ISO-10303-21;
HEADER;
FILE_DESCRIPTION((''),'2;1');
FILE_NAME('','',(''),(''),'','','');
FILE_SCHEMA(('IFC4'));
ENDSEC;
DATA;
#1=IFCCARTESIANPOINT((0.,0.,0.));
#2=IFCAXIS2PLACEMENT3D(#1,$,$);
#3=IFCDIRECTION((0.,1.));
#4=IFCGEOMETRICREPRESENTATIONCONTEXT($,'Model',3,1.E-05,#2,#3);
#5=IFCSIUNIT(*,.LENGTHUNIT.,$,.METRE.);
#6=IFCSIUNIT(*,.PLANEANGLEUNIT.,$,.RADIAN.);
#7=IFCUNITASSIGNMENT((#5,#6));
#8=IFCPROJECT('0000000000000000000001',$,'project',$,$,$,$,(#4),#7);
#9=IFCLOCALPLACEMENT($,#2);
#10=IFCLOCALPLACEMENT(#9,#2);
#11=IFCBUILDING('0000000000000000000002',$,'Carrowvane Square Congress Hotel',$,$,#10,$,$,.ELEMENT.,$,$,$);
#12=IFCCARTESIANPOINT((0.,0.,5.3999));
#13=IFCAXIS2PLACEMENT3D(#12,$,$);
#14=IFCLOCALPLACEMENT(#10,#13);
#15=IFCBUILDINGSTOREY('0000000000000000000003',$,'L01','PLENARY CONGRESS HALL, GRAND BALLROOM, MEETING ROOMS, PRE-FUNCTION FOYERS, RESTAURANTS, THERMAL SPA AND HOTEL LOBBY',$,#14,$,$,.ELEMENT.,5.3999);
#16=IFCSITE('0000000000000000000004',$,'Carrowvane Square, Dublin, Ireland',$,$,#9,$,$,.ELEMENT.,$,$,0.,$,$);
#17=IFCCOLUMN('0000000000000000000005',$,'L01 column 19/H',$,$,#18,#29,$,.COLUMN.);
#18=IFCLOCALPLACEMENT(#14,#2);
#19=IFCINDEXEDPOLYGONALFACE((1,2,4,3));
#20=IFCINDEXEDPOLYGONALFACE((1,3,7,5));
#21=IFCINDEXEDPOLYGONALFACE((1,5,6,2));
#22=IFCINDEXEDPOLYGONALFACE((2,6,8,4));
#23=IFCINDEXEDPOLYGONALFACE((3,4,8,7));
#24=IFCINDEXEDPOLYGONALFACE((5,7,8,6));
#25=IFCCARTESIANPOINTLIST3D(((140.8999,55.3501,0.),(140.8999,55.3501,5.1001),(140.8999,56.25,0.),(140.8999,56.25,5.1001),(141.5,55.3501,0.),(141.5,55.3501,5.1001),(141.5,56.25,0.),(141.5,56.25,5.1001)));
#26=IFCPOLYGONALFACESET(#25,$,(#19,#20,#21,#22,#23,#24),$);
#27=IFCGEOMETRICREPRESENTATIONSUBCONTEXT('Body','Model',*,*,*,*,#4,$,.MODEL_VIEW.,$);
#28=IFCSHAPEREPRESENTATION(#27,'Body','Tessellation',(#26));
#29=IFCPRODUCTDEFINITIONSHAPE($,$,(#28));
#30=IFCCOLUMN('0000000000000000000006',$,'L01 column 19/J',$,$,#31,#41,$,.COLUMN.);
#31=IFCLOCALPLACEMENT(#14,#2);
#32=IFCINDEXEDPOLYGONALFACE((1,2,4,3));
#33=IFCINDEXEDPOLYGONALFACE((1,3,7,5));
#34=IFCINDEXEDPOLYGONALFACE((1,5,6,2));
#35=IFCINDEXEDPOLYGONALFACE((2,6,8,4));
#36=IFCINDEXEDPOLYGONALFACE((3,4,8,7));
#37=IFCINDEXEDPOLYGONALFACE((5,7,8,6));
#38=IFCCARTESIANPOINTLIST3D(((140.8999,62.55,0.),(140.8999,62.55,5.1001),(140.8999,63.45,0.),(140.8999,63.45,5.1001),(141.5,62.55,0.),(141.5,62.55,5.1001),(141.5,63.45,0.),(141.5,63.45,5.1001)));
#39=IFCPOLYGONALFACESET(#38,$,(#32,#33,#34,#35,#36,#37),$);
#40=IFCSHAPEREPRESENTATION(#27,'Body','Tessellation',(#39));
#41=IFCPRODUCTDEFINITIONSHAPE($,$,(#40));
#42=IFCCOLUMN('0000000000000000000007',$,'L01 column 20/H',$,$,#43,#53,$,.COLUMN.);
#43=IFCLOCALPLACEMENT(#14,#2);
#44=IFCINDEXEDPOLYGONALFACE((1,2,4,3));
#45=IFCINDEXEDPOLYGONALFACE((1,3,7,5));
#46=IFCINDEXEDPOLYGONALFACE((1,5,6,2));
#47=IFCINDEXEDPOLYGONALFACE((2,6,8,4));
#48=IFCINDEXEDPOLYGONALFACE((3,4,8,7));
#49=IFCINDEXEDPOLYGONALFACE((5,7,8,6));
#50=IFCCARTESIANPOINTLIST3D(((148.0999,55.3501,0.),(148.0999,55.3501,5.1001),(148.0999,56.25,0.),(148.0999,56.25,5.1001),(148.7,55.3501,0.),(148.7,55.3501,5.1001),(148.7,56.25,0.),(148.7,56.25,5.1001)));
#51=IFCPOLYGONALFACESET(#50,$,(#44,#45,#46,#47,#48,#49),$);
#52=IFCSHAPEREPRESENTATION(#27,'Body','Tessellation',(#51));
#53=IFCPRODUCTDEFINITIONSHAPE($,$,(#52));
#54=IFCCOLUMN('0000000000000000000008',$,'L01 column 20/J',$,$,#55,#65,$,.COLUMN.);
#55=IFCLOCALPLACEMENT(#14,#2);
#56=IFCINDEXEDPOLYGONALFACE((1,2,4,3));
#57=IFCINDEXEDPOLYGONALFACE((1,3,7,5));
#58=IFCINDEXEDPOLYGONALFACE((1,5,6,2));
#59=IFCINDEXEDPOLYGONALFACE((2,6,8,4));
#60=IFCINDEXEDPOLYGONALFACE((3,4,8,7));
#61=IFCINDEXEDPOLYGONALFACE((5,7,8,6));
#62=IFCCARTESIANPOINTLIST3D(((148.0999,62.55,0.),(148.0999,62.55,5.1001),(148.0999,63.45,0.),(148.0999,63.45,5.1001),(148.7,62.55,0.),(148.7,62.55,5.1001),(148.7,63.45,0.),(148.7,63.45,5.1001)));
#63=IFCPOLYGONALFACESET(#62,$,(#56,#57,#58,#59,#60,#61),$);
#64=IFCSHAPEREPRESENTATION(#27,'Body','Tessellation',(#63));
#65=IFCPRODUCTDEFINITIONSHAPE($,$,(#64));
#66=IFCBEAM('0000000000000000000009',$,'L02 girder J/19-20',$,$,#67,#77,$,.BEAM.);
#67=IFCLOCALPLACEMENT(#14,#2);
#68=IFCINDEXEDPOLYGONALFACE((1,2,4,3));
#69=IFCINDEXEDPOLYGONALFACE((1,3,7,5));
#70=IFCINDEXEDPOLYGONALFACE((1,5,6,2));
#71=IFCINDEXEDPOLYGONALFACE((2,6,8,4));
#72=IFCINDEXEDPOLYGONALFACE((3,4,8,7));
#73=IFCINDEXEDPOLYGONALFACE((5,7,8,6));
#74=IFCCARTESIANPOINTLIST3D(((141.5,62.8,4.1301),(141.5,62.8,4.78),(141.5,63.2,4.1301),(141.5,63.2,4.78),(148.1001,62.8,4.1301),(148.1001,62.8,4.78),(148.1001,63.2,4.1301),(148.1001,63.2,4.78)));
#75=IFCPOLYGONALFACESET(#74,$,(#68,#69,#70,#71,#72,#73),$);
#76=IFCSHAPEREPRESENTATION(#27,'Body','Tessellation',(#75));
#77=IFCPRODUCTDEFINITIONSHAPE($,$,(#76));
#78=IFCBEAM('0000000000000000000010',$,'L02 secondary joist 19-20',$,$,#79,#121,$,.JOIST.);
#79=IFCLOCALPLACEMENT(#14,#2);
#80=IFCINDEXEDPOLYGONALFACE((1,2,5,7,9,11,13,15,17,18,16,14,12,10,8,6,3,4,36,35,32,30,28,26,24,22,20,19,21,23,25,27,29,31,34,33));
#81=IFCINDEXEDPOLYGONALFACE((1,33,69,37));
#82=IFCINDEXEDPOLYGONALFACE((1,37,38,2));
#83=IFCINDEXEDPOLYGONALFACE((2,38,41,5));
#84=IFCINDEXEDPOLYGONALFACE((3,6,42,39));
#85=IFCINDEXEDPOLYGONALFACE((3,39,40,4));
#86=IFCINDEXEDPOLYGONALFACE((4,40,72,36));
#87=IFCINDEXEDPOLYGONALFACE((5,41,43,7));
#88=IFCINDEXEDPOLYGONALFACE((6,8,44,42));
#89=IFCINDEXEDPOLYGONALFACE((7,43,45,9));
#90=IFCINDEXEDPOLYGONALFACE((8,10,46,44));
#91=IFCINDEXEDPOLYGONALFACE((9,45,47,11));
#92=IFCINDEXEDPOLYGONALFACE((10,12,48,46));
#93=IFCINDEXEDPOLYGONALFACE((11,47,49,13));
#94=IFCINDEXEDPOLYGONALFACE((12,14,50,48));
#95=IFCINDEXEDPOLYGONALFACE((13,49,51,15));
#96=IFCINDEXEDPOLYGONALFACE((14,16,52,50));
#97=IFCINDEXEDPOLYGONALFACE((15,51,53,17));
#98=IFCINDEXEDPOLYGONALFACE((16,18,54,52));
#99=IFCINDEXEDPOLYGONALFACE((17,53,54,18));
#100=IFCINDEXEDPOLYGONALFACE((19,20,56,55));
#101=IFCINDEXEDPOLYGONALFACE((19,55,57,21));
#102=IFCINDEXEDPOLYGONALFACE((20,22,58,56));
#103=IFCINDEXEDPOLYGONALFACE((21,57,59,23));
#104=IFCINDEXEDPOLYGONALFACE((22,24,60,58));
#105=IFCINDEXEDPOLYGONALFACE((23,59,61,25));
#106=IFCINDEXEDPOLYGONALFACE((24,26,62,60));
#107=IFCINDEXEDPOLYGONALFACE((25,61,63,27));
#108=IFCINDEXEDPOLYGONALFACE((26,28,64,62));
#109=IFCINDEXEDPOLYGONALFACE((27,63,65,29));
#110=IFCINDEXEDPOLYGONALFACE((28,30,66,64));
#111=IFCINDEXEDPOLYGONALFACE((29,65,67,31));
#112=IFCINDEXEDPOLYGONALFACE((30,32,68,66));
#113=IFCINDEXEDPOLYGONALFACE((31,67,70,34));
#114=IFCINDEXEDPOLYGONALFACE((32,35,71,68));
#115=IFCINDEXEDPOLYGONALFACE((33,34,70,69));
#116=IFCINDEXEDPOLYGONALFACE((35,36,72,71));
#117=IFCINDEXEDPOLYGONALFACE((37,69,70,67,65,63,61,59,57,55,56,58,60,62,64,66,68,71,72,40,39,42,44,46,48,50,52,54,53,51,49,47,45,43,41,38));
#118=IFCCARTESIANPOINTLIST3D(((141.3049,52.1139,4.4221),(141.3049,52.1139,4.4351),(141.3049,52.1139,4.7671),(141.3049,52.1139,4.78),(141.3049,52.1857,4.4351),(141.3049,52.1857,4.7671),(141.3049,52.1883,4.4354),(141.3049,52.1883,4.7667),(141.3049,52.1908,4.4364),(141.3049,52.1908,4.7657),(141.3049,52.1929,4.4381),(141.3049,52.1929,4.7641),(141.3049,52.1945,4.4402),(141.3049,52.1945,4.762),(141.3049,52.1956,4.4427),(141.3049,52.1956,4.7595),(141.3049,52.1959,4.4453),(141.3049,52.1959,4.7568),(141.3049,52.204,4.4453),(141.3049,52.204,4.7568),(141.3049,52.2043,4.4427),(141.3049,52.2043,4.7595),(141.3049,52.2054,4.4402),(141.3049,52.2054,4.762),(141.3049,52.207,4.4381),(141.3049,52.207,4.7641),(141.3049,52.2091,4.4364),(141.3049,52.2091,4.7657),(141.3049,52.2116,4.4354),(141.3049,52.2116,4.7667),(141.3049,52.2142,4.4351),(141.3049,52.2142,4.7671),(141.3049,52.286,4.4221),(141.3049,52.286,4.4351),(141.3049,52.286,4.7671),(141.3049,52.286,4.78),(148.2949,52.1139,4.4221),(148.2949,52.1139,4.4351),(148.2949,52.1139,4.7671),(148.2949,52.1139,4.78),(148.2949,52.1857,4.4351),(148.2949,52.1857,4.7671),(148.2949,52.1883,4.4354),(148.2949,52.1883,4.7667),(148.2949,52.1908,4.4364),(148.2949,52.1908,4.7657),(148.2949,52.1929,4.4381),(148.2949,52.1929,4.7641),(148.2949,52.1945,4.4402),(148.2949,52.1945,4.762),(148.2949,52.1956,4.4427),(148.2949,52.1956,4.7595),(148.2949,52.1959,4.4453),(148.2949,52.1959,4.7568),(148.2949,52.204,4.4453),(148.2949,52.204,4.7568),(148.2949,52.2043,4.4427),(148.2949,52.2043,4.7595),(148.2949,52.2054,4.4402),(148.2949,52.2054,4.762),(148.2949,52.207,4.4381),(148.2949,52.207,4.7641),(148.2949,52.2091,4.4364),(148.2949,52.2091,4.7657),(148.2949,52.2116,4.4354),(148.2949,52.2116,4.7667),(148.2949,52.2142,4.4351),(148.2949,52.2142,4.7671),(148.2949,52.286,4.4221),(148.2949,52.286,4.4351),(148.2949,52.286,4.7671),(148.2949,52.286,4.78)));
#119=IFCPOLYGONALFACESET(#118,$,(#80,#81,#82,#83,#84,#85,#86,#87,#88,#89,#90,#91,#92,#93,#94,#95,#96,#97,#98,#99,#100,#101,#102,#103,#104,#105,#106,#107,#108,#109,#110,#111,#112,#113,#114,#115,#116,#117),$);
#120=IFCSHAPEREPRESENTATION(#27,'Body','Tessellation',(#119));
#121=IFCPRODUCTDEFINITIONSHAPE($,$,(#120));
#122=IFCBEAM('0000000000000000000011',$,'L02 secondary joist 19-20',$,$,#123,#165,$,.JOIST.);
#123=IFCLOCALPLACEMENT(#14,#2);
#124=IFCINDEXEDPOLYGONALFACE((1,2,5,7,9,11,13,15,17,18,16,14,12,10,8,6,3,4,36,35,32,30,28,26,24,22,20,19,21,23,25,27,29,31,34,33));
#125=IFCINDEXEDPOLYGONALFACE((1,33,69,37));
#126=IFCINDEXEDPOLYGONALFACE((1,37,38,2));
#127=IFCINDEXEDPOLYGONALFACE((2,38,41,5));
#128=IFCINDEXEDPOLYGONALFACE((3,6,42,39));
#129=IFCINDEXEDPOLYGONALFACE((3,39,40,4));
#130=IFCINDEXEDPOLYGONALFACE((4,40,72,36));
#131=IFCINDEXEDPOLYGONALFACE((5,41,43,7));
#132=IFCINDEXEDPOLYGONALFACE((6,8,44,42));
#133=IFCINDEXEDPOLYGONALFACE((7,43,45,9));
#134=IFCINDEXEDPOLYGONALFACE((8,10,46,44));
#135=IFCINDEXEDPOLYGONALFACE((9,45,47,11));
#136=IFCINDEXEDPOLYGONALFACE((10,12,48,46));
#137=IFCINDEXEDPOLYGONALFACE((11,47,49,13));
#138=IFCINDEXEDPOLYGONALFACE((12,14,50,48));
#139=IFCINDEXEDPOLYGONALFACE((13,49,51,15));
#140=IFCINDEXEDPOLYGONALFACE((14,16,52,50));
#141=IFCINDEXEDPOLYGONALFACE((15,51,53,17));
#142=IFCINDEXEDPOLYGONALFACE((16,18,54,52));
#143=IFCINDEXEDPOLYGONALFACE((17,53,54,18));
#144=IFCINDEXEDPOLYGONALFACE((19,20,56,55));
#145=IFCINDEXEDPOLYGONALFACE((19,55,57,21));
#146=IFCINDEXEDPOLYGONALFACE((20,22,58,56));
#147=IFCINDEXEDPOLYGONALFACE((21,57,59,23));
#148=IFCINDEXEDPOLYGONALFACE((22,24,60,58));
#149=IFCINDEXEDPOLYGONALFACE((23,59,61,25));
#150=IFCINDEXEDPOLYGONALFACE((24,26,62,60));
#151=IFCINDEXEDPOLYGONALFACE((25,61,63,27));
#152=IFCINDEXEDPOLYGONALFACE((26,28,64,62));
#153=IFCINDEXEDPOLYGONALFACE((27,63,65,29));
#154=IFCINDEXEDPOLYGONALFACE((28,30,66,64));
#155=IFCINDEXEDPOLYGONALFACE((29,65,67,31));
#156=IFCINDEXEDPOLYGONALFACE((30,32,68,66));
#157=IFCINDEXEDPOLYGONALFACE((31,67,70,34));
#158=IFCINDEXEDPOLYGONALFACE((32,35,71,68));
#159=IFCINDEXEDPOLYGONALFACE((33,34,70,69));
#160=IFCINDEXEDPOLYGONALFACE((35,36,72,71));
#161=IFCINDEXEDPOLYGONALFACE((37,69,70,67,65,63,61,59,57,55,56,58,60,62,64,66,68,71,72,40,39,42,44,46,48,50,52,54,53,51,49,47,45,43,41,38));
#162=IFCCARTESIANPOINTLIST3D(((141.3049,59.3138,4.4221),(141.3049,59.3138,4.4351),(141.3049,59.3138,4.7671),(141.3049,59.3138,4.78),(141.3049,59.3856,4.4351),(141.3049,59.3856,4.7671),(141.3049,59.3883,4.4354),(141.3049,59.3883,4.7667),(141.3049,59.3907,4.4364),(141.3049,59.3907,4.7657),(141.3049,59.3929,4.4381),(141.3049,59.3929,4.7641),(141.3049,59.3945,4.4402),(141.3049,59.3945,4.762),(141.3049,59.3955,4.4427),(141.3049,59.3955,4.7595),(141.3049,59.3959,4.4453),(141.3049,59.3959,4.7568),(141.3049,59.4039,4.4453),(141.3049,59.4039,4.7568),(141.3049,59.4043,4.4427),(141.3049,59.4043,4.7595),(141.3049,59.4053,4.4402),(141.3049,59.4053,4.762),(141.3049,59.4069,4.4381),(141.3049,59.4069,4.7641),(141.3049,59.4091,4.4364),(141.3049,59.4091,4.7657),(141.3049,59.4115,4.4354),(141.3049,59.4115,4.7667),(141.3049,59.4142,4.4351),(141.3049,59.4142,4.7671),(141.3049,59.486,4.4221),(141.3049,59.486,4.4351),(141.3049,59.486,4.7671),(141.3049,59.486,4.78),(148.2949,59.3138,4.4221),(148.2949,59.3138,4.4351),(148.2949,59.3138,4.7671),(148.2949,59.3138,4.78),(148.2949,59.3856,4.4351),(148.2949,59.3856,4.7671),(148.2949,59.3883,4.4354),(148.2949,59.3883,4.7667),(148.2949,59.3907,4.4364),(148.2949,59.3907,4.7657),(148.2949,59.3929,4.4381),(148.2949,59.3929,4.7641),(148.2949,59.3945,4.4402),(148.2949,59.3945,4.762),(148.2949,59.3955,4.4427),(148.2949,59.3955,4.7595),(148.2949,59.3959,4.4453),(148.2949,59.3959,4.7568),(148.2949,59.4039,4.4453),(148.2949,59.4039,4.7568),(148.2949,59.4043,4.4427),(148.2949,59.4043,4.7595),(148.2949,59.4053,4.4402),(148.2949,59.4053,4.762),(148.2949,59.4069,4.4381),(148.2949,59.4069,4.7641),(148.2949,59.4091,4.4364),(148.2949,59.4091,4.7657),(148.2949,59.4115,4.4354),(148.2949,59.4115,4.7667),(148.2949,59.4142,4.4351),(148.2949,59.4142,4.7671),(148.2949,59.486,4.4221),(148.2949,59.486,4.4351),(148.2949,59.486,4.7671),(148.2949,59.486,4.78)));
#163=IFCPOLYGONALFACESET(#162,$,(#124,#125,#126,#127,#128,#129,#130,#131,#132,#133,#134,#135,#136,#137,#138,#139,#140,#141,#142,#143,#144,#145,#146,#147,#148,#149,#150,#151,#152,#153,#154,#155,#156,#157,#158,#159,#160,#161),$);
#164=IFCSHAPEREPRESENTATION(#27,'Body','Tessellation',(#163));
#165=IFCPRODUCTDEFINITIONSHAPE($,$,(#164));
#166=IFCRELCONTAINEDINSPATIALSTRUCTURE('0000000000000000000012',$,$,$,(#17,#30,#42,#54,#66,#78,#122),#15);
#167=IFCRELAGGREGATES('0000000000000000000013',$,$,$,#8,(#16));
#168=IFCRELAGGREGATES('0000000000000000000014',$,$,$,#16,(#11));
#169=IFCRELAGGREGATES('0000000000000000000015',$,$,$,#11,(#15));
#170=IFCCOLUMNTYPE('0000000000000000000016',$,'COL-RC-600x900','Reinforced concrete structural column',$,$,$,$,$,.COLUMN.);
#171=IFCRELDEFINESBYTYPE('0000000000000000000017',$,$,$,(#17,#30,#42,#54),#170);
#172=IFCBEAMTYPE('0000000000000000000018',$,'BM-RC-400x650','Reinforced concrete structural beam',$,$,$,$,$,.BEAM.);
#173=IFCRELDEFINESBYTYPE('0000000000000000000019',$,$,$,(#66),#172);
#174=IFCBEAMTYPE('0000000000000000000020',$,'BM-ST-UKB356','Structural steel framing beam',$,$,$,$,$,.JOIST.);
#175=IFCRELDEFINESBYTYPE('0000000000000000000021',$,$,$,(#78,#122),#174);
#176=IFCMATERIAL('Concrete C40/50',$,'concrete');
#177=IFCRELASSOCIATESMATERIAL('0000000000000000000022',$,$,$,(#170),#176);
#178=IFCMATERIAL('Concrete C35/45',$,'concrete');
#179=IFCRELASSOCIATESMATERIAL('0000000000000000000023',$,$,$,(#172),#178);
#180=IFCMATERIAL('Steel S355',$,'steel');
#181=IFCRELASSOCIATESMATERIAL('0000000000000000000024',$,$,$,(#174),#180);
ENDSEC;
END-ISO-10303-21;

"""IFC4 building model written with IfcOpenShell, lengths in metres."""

from ifc_helpers import new_model, si_unit, direction, frame, origin, origin_2d, place, context, subcontext, project, spatial, rectangle, i_section, extrude, material, material_profile, profile_set, type_object, element, save


model = new_model("IFC4")

# Units and contexts
model_context = context("Model", 3, precision=1e-05, world=origin(), true_north=direction((0.0, 1.0)))
body_context = subcontext(model_context, "Body", "Model", "MODEL_VIEW")
ifc_project = project(units=[si_unit("LENGTHUNIT", "METRE"), si_unit("PLANEANGLEUNIT", "RADIAN")], contexts=[model_context])

# Site, building, storey
site_placement = place(None, origin())
site = spatial("IfcSite", under=ifc_project, at=site_placement, Name="Carrowvane Square, Dublin, Ireland", CompositionType="ELEMENT", RefElevation=0.0)
building_placement = place(site_placement, origin())
building = spatial("IfcBuilding", under=site, at=building_placement, Name="Carrowvane Square Congress Hotel", CompositionType="ELEMENT")
storey_placement = place(building_placement, frame((0.0, 0.0, 5.3999)))
storey = spatial("IfcBuildingStorey", under=building, at=storey_placement, Name="L01", Description="PLENARY CONGRESS HALL, GRAND BALLROOM, MEETING ROOMS, PRE-FUNCTION FOYERS, RESTAURANTS, THERMAL SPA AND HOTEL LOBBY", CompositionType="ELEMENT", Elevation=5.3999)

# Columns
ifc_material_1 = material(Name="Concrete C40/50", Category="concrete")
ifc_material_profile_1 = material_profile(ifc_material_1, rectangle(XDim=0.6001, YDim=0.8999, at=origin_2d()), Name="RC 600x900")
ifc_profile_set_1 = profile_set([ifc_material_profile_1], Name="Concrete C40/50")
column_type = type_object("IfcColumnType", Name="COL-RC-600x900", Description="Reinforced concrete structural column", PredefinedType="COLUMN", material=ifc_profile_set_1)
for number, where, z_axis, x_axis, name in (
    (1, (141.2, 55.8, 0.0), (0.0, 0.0, 1.0), (1.0, 0.0, 0.0), "L01 column 19/H"),
    (2, (141.2, 63.0, 0.0), (0.0, 0.0, 1.0), (1.0, 0.0, 0.0), "L01 column 19/J"),
    (3, (148.3999, 55.8, 0.0), (0.0, 0.0, 1.0), (1.0, 0.0, 0.0), "L01 column 20/H"),
    (4, (148.3999, 63.0, 0.0), (0.0, 0.0, 1.0), (1.0, 0.0, 0.0), "L01 column 20/J"),
):
    element("IfcColumn", number, at=place(storey_placement, frame(where, z_axis=z_axis, x_axis=x_axis)), inside=storey, type_object=column_type, Name=name, PredefinedType="COLUMN", context=body_context, shape_type="SweptSolid", body=[
        extrude(rectangle(XDim=0.6001, YDim=0.8999, at=origin_2d()), origin(), (0.0, 0.0, 1.0), 5.1001),
    ])

# Beams
ifc_material_2 = material(Name="Concrete C35/45", Category="concrete")
ifc_material_profile_2 = material_profile(ifc_material_2, rectangle(XDim=0.3999, YDim=0.6499, at=origin_2d()), Name="RC 400x650")
ifc_profile_set_2 = profile_set([ifc_material_profile_2], Name="Concrete C35/45")
beam_type_1 = type_object("IfcBeamType", Name="BM-RC-400x650", Description="Reinforced concrete structural beam", PredefinedType="BEAM", material=ifc_profile_set_2)
beam_1_placement = place(storey_placement, frame((141.5, 63.0, 4.4551), z_axis=(1.0, 0.0, 0.0), x_axis=(0.0, 1.0, 0.0)))
element("IfcBeam", 5, at=beam_1_placement, inside=storey, type_object=beam_type_1, Name="L02 girder J/19-20", PredefinedType="BEAM", context=body_context, shape_type="SweptSolid", body=[
    extrude(rectangle(XDim=0.3999, YDim=0.6499, at=origin_2d()), origin(), (0.0, 0.0, 1.0), 6.6001),
])
ifc_material_3 = material(Name="Steel S355", Category="steel")
ifc_material_profile_3 = material_profile(ifc_material_3, i_section(OverallWidth=0.1721, OverallDepth=0.3579, WebThickness=0.0081, FlangeThickness=0.0129, FilletRadius=0.0103, at=origin_2d()), Name="UKB 356x171x57")
ifc_profile_set_3 = profile_set([ifc_material_profile_3], Name="Steel S355")
beam_type_2 = type_object("IfcBeamType", Name="BM-ST-UKB356", Description="Structural steel framing beam", PredefinedType="JOIST", material=ifc_profile_set_3)
for number, where, z_axis, x_axis, name in (
    (6, (141.3049, 52.2, 4.6011), (1.0, 0.0, 0.0), (0.0, 1.0, 0.0), "L02 secondary joist 19-20"),
    (7, (141.3049, 59.3999, 4.6011), (1.0, 0.0, 0.0), (0.0, 1.0, 0.0), "L02 secondary joist 19-20"),
):
    element("IfcBeam", number, at=place(storey_placement, frame(where, z_axis=z_axis, x_axis=x_axis)), inside=storey, type_object=beam_type_2, Name=name, PredefinedType="JOIST", context=body_context, shape_type="SweptSolid", body=[
        extrude(i_section(OverallWidth=0.1721, OverallDepth=0.3579, WebThickness=0.0081, FlangeThickness=0.0129, FilletRadius=0.0103, at=origin_2d()), origin(), (0.0, 0.0, 1.0), 6.99),
    ])

save(model, "model.ifc")
